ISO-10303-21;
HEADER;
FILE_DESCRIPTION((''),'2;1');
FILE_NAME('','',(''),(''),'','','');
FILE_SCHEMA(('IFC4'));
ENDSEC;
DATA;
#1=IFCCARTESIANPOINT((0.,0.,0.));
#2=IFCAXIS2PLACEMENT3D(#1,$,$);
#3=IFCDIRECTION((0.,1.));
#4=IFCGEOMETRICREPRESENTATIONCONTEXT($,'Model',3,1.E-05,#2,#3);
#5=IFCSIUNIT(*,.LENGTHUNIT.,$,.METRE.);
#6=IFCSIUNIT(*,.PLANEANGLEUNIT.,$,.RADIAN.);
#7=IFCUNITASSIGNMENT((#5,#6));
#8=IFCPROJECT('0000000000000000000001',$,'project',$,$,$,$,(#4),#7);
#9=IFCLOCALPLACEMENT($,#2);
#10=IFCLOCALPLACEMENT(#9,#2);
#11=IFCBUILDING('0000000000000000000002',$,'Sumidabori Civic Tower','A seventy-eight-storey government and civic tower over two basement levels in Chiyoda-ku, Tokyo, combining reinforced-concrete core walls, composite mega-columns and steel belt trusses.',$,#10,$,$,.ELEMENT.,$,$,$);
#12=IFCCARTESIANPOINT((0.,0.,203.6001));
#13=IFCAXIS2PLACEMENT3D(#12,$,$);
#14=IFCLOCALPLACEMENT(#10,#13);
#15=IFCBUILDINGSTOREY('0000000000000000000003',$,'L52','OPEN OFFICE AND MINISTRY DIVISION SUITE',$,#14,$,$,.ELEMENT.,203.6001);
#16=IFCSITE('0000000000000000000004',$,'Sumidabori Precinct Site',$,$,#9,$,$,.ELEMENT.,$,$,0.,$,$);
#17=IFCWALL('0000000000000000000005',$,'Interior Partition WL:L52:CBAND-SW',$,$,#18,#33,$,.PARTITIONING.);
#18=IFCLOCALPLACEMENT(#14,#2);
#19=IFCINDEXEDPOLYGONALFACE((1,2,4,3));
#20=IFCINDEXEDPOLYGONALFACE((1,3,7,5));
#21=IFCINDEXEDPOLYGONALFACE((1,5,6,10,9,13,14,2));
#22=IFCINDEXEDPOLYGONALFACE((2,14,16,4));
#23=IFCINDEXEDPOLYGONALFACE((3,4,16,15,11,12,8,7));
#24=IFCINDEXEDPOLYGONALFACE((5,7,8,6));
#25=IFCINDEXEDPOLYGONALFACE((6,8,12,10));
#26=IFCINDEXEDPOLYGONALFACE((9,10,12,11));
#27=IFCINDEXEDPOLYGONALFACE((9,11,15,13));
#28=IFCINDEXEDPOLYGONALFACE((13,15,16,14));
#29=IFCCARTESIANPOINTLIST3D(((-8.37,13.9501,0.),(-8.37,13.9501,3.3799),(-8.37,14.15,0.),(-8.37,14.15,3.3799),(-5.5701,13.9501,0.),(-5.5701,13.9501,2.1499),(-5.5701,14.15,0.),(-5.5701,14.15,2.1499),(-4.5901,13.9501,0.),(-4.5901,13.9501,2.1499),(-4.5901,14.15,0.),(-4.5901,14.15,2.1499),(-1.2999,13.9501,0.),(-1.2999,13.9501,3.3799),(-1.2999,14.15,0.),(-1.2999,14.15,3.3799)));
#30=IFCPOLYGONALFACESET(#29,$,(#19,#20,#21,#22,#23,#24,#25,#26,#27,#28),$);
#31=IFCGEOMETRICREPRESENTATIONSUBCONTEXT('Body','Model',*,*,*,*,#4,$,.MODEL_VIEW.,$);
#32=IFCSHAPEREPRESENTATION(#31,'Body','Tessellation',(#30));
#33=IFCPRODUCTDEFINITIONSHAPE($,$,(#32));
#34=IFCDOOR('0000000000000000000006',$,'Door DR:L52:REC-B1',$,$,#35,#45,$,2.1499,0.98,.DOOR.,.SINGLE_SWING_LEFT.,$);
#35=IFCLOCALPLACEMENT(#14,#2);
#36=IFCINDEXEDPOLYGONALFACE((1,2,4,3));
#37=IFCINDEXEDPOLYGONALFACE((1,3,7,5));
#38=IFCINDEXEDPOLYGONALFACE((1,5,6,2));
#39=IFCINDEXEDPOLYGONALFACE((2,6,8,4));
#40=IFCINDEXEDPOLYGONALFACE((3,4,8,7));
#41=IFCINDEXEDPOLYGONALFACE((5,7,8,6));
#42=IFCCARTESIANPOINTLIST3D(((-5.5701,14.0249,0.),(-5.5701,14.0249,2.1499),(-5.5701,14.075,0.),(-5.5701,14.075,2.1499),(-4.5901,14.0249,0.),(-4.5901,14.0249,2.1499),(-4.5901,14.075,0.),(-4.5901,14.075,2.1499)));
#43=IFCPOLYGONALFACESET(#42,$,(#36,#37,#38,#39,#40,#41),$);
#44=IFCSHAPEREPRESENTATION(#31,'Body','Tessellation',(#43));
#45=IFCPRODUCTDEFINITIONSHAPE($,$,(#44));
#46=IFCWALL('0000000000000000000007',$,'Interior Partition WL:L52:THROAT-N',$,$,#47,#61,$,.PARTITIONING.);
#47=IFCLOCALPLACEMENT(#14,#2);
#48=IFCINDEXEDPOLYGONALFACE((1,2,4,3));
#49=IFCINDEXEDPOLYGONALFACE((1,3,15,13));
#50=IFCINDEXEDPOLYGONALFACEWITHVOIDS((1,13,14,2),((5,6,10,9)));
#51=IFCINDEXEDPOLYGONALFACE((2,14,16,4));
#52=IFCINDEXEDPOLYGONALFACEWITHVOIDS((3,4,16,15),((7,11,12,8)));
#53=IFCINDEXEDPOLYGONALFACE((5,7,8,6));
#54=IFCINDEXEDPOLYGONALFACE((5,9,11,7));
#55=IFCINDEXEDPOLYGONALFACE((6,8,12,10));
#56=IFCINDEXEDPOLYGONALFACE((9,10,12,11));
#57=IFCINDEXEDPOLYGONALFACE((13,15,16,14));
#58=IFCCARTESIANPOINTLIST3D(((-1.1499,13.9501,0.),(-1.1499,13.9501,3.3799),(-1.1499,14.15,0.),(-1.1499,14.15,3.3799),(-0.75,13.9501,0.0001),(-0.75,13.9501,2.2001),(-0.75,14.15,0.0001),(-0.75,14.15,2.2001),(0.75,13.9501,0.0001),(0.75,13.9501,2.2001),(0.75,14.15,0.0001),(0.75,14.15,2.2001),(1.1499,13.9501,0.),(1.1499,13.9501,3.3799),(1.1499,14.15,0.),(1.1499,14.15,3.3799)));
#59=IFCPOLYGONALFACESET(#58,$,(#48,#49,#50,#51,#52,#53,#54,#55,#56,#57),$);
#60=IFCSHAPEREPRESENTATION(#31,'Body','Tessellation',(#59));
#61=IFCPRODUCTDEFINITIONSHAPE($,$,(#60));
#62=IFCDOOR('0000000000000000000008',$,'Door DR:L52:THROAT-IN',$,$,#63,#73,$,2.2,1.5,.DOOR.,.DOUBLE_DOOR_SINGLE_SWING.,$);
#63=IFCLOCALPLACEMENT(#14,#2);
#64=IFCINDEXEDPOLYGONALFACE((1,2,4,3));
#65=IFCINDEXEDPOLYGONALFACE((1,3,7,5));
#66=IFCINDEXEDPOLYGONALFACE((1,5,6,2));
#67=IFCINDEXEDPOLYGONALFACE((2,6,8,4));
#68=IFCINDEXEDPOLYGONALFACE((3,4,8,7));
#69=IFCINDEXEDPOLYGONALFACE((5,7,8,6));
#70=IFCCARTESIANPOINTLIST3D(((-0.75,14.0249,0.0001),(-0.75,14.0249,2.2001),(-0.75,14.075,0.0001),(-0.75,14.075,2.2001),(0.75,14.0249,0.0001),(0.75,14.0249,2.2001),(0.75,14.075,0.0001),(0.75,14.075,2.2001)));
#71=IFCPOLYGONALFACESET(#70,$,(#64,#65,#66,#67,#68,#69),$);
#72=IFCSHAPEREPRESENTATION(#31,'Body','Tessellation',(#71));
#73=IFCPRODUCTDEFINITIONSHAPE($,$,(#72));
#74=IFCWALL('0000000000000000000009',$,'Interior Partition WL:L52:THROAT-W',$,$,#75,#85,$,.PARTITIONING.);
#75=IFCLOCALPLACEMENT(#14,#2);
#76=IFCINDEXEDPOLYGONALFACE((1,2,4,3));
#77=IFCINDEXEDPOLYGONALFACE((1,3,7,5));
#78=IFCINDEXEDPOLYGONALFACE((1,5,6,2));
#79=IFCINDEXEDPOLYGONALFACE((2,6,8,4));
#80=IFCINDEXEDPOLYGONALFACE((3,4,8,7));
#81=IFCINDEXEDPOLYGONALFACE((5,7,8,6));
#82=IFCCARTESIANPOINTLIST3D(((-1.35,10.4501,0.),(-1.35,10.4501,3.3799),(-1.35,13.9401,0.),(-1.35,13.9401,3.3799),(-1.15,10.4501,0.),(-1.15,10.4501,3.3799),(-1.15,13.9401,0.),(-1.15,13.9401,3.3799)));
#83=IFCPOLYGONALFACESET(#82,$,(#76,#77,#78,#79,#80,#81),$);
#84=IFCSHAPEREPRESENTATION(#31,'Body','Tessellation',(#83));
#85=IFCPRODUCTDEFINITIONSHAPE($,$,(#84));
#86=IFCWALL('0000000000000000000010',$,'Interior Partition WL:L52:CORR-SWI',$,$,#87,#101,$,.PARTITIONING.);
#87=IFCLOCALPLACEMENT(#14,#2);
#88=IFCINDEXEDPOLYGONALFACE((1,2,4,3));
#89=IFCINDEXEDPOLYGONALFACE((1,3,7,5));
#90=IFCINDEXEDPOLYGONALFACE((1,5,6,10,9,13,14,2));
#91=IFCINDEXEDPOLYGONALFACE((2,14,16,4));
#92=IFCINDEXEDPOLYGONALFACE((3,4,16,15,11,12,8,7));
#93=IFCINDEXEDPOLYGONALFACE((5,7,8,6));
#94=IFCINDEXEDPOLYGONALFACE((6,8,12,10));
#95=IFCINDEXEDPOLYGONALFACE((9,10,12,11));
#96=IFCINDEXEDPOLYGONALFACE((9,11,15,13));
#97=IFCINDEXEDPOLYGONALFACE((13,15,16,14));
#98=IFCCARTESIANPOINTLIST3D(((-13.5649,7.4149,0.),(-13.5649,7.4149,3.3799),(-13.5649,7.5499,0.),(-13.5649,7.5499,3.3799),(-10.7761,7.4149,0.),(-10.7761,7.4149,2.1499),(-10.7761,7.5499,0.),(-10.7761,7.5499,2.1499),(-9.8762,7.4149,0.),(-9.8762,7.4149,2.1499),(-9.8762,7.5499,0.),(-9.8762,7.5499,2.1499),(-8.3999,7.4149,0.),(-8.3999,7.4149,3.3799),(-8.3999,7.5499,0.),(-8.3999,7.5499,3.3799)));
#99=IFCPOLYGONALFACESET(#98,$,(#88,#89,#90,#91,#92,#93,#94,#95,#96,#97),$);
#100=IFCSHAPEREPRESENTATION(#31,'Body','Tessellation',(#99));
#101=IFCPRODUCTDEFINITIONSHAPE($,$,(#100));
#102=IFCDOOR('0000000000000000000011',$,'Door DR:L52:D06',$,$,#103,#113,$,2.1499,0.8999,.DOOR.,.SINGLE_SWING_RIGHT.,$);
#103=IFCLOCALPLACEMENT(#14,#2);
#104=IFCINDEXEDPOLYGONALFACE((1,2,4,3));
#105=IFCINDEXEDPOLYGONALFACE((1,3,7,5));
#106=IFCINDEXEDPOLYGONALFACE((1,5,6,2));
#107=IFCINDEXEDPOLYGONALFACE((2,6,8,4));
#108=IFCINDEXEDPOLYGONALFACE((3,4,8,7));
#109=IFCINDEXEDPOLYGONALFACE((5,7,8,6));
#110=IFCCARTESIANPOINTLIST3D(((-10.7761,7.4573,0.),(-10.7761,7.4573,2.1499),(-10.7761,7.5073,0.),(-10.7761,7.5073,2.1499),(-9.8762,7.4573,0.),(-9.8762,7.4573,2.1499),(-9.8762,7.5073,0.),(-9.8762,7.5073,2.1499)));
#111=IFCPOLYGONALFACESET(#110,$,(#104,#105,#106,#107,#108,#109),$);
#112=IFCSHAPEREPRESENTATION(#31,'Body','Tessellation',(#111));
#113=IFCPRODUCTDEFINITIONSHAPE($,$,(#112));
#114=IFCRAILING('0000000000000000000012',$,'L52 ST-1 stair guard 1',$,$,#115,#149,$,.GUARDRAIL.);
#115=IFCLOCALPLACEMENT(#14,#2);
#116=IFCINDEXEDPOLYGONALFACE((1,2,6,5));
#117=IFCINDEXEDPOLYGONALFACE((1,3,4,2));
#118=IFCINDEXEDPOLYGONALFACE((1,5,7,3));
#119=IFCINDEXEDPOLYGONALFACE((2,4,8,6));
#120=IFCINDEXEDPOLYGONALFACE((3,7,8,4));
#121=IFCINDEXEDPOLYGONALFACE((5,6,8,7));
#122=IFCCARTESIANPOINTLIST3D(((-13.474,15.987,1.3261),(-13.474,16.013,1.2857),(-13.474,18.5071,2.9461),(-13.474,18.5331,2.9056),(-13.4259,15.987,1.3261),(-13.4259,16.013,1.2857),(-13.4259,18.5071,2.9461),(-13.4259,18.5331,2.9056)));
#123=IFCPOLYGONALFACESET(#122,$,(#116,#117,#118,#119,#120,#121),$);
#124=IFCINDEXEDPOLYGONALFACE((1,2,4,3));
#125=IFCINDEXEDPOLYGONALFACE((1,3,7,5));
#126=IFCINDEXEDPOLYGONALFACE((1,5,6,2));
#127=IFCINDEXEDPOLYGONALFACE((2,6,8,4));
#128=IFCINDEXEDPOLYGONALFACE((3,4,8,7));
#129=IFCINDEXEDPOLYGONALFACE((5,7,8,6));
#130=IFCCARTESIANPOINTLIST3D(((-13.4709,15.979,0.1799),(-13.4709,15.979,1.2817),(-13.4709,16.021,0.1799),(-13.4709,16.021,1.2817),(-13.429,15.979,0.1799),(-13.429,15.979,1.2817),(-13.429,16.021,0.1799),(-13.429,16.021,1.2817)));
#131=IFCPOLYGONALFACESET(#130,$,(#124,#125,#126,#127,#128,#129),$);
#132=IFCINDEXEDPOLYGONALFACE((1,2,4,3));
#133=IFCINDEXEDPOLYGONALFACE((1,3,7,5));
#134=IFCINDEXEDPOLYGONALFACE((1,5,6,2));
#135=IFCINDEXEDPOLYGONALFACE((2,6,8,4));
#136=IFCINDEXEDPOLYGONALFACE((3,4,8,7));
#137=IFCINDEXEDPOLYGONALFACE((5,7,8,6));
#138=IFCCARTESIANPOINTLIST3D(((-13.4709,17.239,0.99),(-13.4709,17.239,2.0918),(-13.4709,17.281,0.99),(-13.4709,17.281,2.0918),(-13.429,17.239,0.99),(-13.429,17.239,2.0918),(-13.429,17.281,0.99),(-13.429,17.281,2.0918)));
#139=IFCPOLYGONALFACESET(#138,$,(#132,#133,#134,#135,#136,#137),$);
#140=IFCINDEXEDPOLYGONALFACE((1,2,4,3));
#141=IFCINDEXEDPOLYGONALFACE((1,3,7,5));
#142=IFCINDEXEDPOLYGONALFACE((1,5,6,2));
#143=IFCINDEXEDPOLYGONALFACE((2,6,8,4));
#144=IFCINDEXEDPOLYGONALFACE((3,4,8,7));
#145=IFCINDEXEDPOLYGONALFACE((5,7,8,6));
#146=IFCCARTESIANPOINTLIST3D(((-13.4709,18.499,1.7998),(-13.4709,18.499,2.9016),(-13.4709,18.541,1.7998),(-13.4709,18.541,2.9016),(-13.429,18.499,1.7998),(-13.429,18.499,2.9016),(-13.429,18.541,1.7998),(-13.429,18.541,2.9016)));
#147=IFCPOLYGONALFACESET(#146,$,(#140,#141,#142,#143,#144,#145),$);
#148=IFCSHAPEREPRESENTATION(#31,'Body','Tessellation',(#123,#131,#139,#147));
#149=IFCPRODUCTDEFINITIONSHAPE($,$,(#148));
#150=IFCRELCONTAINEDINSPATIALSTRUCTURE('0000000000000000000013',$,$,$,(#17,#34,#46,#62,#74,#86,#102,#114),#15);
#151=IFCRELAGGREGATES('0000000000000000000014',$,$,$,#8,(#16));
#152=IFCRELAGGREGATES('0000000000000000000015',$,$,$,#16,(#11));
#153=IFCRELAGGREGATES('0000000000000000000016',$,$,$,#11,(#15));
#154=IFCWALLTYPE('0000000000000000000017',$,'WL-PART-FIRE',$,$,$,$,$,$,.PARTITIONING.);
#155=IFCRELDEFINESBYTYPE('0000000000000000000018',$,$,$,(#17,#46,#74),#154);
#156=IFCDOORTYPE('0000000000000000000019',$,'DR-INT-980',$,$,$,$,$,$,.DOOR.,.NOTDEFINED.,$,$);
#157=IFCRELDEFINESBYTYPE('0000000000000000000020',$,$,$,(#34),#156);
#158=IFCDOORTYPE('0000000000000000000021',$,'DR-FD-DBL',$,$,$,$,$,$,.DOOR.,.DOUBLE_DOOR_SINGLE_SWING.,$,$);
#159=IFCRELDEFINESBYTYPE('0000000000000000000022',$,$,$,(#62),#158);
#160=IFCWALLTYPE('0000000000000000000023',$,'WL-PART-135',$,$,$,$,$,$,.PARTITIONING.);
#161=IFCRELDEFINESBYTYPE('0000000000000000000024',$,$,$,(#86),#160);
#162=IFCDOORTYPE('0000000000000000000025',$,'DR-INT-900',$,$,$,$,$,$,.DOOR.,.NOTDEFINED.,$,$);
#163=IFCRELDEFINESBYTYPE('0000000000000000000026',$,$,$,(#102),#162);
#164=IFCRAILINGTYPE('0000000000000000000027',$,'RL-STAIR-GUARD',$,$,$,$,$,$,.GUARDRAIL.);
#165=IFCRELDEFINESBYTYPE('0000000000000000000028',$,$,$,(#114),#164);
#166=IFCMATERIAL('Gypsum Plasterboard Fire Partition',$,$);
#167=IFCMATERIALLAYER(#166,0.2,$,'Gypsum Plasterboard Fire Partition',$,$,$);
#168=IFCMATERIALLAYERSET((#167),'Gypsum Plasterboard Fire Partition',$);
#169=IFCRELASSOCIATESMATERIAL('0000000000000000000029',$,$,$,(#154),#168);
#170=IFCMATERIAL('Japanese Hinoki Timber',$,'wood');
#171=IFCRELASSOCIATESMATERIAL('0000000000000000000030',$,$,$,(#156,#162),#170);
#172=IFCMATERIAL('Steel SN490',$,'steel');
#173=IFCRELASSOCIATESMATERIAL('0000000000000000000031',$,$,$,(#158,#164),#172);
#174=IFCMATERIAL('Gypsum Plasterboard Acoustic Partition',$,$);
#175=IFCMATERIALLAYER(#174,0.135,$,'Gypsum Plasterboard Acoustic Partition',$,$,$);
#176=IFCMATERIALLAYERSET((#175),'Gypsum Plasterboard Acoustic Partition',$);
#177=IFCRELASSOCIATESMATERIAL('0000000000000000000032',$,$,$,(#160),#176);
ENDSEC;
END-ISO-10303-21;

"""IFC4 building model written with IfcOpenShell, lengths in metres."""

from ifc_helpers import new_model, si_unit, direction, frame, frame_2d, origin, origin_2d, place, context, subcontext, project, spatial, rectangle, extrude, source, transform, mapped, material, layer, layer_set, type_object, element, fill, save


model = new_model("IFC4")

# Units and contexts
model_context = context("Model", 3, precision=1e-05, world=origin(), true_north=direction((0.0, 1.0)))
body_context = subcontext(model_context, "Body", "Model", "MODEL_VIEW")
ifc_project = project(units=[si_unit("LENGTHUNIT", "METRE"), si_unit("PLANEANGLEUNIT", "RADIAN")], contexts=[model_context])

# Site, building, storey
site_placement = place(None, origin())
site = spatial("IfcSite", under=ifc_project, at=site_placement, Name="Sumidabori Precinct Site", CompositionType="ELEMENT", RefElevation=0.0)
building_placement = place(site_placement, origin())
building = spatial("IfcBuilding", under=site, at=building_placement, Name="Sumidabori Civic Tower", Description="A seventy-eight-storey government and civic tower over two basement levels in Chiyoda-ku, Tokyo, combining reinforced-concrete core walls, composite mega-columns and steel belt trusses.", CompositionType="ELEMENT")
storey_placement = place(building_placement, frame((0.0, 0.0, 203.6001)))
storey = spatial("IfcBuildingStorey", under=building, at=storey_placement, Name="L52", Description="OPEN OFFICE AND MINISTRY DIVISION SUITE", CompositionType="ELEMENT", Elevation=203.6001)

# Walls, openings, doors
ifc_material_1 = material(Name="Gypsum Plasterboard Fire Partition")
ifc_layer_1 = layer(ifc_material_1, 0.2, Name="Gypsum Plasterboard Fire Partition")
ifc_layer_set_1 = layer_set([ifc_layer_1], Name="Gypsum Plasterboard Fire Partition")
wall_type_1 = type_object("IfcWallType", Name="WL-PART-FIRE", PredefinedType="PARTITIONING", material=ifc_layer_set_1)
shared_shape_1 = source(origin(), body_context, "Body", "SweptSolid", [
    extrude(rectangle(XDim=7.0701, YDim=0.2, at=frame_2d((3.5352, 0.0))), origin(), (0.0, 0.0, 1.0), 3.3799),
])
wall_1_placement = place(storey_placement, frame((-8.3701, 14.05, 0.0), z_axis=(0.0, 0.0, 1.0), x_axis=(1.0, 0.0, 0.0)))
wall_1 = element("IfcWall", 1, at=wall_1_placement, inside=storey, type_object=wall_type_1, Name="Interior Partition WL:L52:CBAND-SW", PredefinedType="PARTITIONING", context=body_context, shape_type="MappedRepresentation", body=[
    mapped(shared_shape_1, transform((0.0, 0.0, 0.0), x_axis=(1.0, 0.0, 0.0), y_axis=(0.0, 1.0, 0.0), z_axis=(0.0, 0.0, 1.0), scale=1.0)),
])
opening_1_placement = place(wall_1_placement, frame((2.8, 0.0, 0.0)))
opening_1 = element("IfcOpeningElement", 2, at=opening_1_placement, cuts=wall_1, PredefinedType="OPENING", context=body_context, shape_type="SweptSolid", body=[
    extrude(rectangle(XDim=0.98, YDim=2.1499, at=frame_2d((0.49, 1.075))), frame((0.0, 0.1118, 0.0), z_axis=(0.0, -1.0, 0.0), x_axis=(1.0, 0.0, 0.0)), (0.0, 0.0, 1.0), 0.2239),
])
ifc_material_2 = material(Name="Japanese Hinoki Timber", Category="wood")
door_type_1 = type_object("IfcDoorType", Name="DR-INT-980", OperationType="NOTDEFINED", PredefinedType="DOOR", material=ifc_material_2)
shared_shape_2 = source(origin(), body_context, "Body", "SweptSolid", [
    extrude(rectangle(XDim=0.98, YDim=2.1499, at=frame_2d((0.49, 1.075))), frame((0.0, 0.0249, 0.0), z_axis=(0.0, -1.0, 0.0), x_axis=(1.0, 0.0, 0.0)), (0.0, 0.0, 1.0), 0.05),
])
door_1_placement = place(opening_1_placement, origin())
door_1 = element("IfcDoor", 3, at=door_1_placement, inside=storey, type_object=door_type_1, Name="Door DR:L52:REC-B1", OperationType="SINGLE_SWING_LEFT", OverallHeight=2.1499, OverallWidth=0.98, PredefinedType="DOOR", context=body_context, shape_type="MappedRepresentation", body=[
    mapped(shared_shape_2, transform((0.0, 0.0, 0.0), x_axis=(1.0, 0.0, 0.0), y_axis=(0.0, 1.0, 0.0), z_axis=(0.0, 0.0, 1.0), scale=1.0)),
])
fill(opening_1, door_1)
shared_shape_3 = source(origin(), body_context, "Body", "SweptSolid", [
    extrude(rectangle(XDim=2.2998, YDim=0.2, at=frame_2d((1.1499, 0.0))), origin(), (0.0, 0.0, 1.0), 3.3799),
])
wall_2_placement = place(storey_placement, frame((-1.1499, 14.05, 0.0), z_axis=(0.0, 0.0, 1.0), x_axis=(1.0, 0.0, 0.0)))
wall_2 = element("IfcWall", 4, at=wall_2_placement, inside=storey, type_object=wall_type_1, Name="Interior Partition WL:L52:THROAT-N", PredefinedType="PARTITIONING", context=body_context, shape_type="MappedRepresentation", body=[
    mapped(shared_shape_3, transform((0.0, 0.0, 0.0), x_axis=(1.0, 0.0, 0.0), y_axis=(0.0, 1.0, 0.0), z_axis=(0.0, 0.0, 1.0), scale=1.0)),
])
opening_2_placement = place(wall_2_placement, frame((0.3999, 0.0, 0.0)))
opening_2 = element("IfcOpeningElement", 5, at=opening_2_placement, cuts=wall_2, PredefinedType="OPENING", context=body_context, shape_type="SweptSolid", body=[
    extrude(rectangle(XDim=1.5, YDim=2.2, at=frame_2d((0.75, 1.1001))), frame((0.0, 0.1118, 0.0), z_axis=(0.0, -1.0, 0.0), x_axis=(1.0, 0.0, 0.0)), (0.0, 0.0, 1.0), 0.2239),
])
ifc_material_3 = material(Name="Steel SN490", Category="steel")
door_type_2 = type_object("IfcDoorType", Name="DR-FD-DBL", OperationType="DOUBLE_DOOR_SINGLE_SWING", PredefinedType="DOOR", material=ifc_material_3)
shared_shape_4 = source(origin(), body_context, "Body", "SweptSolid", [
    extrude(rectangle(XDim=1.5, YDim=2.2, at=frame_2d((0.75, 1.1001))), frame((0.0, 0.0249, 0.0), z_axis=(0.0, -1.0, 0.0), x_axis=(1.0, 0.0, 0.0)), (0.0, 0.0, 1.0), 0.05),
])
door_2_placement = place(opening_2_placement, origin())
door_2 = element("IfcDoor", 6, at=door_2_placement, inside=storey, type_object=door_type_2, Name="Door DR:L52:THROAT-IN", OperationType="DOUBLE_DOOR_SINGLE_SWING", OverallHeight=2.2, OverallWidth=1.5, PredefinedType="DOOR", context=body_context, shape_type="MappedRepresentation", body=[
    mapped(shared_shape_4, transform((0.0, 0.0, 0.0), x_axis=(1.0, 0.0, 0.0), y_axis=(0.0, 1.0, 0.0), z_axis=(0.0, 0.0, 1.0), scale=1.0)),
])
fill(opening_2, door_2)

# Wall
shared_shape_5 = source(origin(), body_context, "Body", "SweptSolid", [
    extrude(rectangle(XDim=3.49, YDim=0.2, at=frame_2d((1.7451, 0.0))), origin(), (0.0, 0.0, 1.0), 3.3799),
])
wall_3_placement = place(storey_placement, frame((-1.25, 10.45, 0.0), z_axis=(0.0, 0.0, 1.0), x_axis=(0.0, 1.0, 0.0)))
element("IfcWall", 7, at=wall_3_placement, inside=storey, type_object=wall_type_1, Name="Interior Partition WL:L52:THROAT-W", PredefinedType="PARTITIONING", context=body_context, shape_type="MappedRepresentation", body=[
    mapped(shared_shape_5, transform((0.0, 0.0, 0.0), x_axis=(1.0, 0.0, 0.0), y_axis=(0.0, 1.0, 0.0), z_axis=(0.0, 0.0, 1.0), scale=1.0)),
])

# Wall, opening, door
ifc_material_4 = material(Name="Gypsum Plasterboard Acoustic Partition")
ifc_layer_2 = layer(ifc_material_4, 0.135, Name="Gypsum Plasterboard Acoustic Partition")
ifc_layer_set_2 = layer_set([ifc_layer_2], Name="Gypsum Plasterboard Acoustic Partition")
wall_type_2 = type_object("IfcWallType", Name="WL-PART-135", PredefinedType="PARTITIONING", material=ifc_layer_set_2)
shared_shape_6 = source(origin(), body_context, "Body", "SweptSolid", [
    extrude(rectangle(XDim=5.165, YDim=0.135, at=frame_2d((2.5825, 0.0))), origin(), (0.0, 0.0, 1.0), 3.3799),
])
wall_4_placement = place(storey_placement, frame((-13.5649, 7.4824, 0.0), z_axis=(0.0, 0.0, 1.0), x_axis=(1.0, 0.0, 0.0)))
wall_4 = element("IfcWall", 8, at=wall_4_placement, inside=storey, type_object=wall_type_2, Name="Interior Partition WL:L52:CORR-SWI", PredefinedType="PARTITIONING", context=body_context, shape_type="MappedRepresentation", body=[
    mapped(shared_shape_6, transform((0.0, 0.0, 0.0), x_axis=(1.0, 0.0, 0.0), y_axis=(0.0, 1.0, 0.0), z_axis=(0.0, 0.0, 1.0), scale=1.0)),
])
opening_3_placement = place(wall_4_placement, frame((2.7888, 0.0, 0.0)))
opening_3 = element("IfcOpeningElement", 9, at=opening_3_placement, cuts=wall_4, PredefinedType="OPENING", context=body_context, shape_type="SweptSolid", body=[
    extrude(rectangle(XDim=0.8999, YDim=2.1499, at=frame_2d((0.45, 1.075))), frame((0.0, 0.0796, 0.0), z_axis=(0.0, -1.0, 0.0), x_axis=(1.0, 0.0, 0.0)), (0.0, 0.0, 1.0), 0.1589),
])
door_type_3 = type_object("IfcDoorType", Name="DR-INT-900", OperationType="NOTDEFINED", PredefinedType="DOOR", material=ifc_material_2)
shared_shape_7 = source(origin(), body_context, "Body", "SweptSolid", [
    extrude(rectangle(XDim=0.8999, YDim=2.1499, at=frame_2d((0.45, 1.075))), frame((0.0, 0.0249, 0.0), z_axis=(0.0, -1.0, 0.0), x_axis=(1.0, 0.0, 0.0)), (0.0, 0.0, 1.0), 0.05),
])
door_3_placement = place(opening_3_placement, origin())
door_3 = element("IfcDoor", 10, at=door_3_placement, inside=storey, type_object=door_type_3, Name="Door DR:L52:D06", OperationType="SINGLE_SWING_RIGHT", OverallHeight=2.1499, OverallWidth=0.8999, PredefinedType="DOOR", context=body_context, shape_type="MappedRepresentation", body=[
    mapped(shared_shape_7, transform((0.0, 0.0, 0.0), x_axis=(1.0, 0.0, 0.0), y_axis=(0.0, 1.0, 0.0), z_axis=(0.0, 0.0, 1.0), scale=1.0)),
])
fill(opening_3, door_3)

# Railing
railing_type = type_object("IfcRailingType", Name="RL-STAIR-GUARD", PredefinedType="GUARDRAIL", material=ifc_material_3)
railing_1_placement = place(storey_placement, frame((-13.45, 16.0, 0.1799)))
element("IfcRailing", 11, at=railing_1_placement, inside=storey, type_object=railing_type, Name="L52 ST-1 stair guard 1", PredefinedType="GUARDRAIL", context=body_context, shape_type="SweptSolid", body=[
    extrude(rectangle(XDim=0.0481, YDim=0.0481, at=origin_2d()), frame((0.0, 0.0, 1.126), z_axis=(0.0, 0.8412, 0.540725), x_axis=(-1.0, 0.0, 0.0)), (0.0, 0.0, 1.0), 2.9958),
    extrude(rectangle(XDim=0.042, YDim=0.042, at=origin_2d()), origin(), (0.0, 0.0, 1.0), 1.1018),
    extrude(rectangle(XDim=0.042, YDim=0.042, at=origin_2d()), frame((0.0, 1.26, 0.8101)), (0.0, 0.0, 1.0), 1.1018),
    extrude(rectangle(XDim=0.042, YDim=0.042, at=origin_2d()), frame((0.0, 2.52, 1.6199)), (0.0, 0.0, 1.0), 1.1018),
])

save(model, "model.ifc")
